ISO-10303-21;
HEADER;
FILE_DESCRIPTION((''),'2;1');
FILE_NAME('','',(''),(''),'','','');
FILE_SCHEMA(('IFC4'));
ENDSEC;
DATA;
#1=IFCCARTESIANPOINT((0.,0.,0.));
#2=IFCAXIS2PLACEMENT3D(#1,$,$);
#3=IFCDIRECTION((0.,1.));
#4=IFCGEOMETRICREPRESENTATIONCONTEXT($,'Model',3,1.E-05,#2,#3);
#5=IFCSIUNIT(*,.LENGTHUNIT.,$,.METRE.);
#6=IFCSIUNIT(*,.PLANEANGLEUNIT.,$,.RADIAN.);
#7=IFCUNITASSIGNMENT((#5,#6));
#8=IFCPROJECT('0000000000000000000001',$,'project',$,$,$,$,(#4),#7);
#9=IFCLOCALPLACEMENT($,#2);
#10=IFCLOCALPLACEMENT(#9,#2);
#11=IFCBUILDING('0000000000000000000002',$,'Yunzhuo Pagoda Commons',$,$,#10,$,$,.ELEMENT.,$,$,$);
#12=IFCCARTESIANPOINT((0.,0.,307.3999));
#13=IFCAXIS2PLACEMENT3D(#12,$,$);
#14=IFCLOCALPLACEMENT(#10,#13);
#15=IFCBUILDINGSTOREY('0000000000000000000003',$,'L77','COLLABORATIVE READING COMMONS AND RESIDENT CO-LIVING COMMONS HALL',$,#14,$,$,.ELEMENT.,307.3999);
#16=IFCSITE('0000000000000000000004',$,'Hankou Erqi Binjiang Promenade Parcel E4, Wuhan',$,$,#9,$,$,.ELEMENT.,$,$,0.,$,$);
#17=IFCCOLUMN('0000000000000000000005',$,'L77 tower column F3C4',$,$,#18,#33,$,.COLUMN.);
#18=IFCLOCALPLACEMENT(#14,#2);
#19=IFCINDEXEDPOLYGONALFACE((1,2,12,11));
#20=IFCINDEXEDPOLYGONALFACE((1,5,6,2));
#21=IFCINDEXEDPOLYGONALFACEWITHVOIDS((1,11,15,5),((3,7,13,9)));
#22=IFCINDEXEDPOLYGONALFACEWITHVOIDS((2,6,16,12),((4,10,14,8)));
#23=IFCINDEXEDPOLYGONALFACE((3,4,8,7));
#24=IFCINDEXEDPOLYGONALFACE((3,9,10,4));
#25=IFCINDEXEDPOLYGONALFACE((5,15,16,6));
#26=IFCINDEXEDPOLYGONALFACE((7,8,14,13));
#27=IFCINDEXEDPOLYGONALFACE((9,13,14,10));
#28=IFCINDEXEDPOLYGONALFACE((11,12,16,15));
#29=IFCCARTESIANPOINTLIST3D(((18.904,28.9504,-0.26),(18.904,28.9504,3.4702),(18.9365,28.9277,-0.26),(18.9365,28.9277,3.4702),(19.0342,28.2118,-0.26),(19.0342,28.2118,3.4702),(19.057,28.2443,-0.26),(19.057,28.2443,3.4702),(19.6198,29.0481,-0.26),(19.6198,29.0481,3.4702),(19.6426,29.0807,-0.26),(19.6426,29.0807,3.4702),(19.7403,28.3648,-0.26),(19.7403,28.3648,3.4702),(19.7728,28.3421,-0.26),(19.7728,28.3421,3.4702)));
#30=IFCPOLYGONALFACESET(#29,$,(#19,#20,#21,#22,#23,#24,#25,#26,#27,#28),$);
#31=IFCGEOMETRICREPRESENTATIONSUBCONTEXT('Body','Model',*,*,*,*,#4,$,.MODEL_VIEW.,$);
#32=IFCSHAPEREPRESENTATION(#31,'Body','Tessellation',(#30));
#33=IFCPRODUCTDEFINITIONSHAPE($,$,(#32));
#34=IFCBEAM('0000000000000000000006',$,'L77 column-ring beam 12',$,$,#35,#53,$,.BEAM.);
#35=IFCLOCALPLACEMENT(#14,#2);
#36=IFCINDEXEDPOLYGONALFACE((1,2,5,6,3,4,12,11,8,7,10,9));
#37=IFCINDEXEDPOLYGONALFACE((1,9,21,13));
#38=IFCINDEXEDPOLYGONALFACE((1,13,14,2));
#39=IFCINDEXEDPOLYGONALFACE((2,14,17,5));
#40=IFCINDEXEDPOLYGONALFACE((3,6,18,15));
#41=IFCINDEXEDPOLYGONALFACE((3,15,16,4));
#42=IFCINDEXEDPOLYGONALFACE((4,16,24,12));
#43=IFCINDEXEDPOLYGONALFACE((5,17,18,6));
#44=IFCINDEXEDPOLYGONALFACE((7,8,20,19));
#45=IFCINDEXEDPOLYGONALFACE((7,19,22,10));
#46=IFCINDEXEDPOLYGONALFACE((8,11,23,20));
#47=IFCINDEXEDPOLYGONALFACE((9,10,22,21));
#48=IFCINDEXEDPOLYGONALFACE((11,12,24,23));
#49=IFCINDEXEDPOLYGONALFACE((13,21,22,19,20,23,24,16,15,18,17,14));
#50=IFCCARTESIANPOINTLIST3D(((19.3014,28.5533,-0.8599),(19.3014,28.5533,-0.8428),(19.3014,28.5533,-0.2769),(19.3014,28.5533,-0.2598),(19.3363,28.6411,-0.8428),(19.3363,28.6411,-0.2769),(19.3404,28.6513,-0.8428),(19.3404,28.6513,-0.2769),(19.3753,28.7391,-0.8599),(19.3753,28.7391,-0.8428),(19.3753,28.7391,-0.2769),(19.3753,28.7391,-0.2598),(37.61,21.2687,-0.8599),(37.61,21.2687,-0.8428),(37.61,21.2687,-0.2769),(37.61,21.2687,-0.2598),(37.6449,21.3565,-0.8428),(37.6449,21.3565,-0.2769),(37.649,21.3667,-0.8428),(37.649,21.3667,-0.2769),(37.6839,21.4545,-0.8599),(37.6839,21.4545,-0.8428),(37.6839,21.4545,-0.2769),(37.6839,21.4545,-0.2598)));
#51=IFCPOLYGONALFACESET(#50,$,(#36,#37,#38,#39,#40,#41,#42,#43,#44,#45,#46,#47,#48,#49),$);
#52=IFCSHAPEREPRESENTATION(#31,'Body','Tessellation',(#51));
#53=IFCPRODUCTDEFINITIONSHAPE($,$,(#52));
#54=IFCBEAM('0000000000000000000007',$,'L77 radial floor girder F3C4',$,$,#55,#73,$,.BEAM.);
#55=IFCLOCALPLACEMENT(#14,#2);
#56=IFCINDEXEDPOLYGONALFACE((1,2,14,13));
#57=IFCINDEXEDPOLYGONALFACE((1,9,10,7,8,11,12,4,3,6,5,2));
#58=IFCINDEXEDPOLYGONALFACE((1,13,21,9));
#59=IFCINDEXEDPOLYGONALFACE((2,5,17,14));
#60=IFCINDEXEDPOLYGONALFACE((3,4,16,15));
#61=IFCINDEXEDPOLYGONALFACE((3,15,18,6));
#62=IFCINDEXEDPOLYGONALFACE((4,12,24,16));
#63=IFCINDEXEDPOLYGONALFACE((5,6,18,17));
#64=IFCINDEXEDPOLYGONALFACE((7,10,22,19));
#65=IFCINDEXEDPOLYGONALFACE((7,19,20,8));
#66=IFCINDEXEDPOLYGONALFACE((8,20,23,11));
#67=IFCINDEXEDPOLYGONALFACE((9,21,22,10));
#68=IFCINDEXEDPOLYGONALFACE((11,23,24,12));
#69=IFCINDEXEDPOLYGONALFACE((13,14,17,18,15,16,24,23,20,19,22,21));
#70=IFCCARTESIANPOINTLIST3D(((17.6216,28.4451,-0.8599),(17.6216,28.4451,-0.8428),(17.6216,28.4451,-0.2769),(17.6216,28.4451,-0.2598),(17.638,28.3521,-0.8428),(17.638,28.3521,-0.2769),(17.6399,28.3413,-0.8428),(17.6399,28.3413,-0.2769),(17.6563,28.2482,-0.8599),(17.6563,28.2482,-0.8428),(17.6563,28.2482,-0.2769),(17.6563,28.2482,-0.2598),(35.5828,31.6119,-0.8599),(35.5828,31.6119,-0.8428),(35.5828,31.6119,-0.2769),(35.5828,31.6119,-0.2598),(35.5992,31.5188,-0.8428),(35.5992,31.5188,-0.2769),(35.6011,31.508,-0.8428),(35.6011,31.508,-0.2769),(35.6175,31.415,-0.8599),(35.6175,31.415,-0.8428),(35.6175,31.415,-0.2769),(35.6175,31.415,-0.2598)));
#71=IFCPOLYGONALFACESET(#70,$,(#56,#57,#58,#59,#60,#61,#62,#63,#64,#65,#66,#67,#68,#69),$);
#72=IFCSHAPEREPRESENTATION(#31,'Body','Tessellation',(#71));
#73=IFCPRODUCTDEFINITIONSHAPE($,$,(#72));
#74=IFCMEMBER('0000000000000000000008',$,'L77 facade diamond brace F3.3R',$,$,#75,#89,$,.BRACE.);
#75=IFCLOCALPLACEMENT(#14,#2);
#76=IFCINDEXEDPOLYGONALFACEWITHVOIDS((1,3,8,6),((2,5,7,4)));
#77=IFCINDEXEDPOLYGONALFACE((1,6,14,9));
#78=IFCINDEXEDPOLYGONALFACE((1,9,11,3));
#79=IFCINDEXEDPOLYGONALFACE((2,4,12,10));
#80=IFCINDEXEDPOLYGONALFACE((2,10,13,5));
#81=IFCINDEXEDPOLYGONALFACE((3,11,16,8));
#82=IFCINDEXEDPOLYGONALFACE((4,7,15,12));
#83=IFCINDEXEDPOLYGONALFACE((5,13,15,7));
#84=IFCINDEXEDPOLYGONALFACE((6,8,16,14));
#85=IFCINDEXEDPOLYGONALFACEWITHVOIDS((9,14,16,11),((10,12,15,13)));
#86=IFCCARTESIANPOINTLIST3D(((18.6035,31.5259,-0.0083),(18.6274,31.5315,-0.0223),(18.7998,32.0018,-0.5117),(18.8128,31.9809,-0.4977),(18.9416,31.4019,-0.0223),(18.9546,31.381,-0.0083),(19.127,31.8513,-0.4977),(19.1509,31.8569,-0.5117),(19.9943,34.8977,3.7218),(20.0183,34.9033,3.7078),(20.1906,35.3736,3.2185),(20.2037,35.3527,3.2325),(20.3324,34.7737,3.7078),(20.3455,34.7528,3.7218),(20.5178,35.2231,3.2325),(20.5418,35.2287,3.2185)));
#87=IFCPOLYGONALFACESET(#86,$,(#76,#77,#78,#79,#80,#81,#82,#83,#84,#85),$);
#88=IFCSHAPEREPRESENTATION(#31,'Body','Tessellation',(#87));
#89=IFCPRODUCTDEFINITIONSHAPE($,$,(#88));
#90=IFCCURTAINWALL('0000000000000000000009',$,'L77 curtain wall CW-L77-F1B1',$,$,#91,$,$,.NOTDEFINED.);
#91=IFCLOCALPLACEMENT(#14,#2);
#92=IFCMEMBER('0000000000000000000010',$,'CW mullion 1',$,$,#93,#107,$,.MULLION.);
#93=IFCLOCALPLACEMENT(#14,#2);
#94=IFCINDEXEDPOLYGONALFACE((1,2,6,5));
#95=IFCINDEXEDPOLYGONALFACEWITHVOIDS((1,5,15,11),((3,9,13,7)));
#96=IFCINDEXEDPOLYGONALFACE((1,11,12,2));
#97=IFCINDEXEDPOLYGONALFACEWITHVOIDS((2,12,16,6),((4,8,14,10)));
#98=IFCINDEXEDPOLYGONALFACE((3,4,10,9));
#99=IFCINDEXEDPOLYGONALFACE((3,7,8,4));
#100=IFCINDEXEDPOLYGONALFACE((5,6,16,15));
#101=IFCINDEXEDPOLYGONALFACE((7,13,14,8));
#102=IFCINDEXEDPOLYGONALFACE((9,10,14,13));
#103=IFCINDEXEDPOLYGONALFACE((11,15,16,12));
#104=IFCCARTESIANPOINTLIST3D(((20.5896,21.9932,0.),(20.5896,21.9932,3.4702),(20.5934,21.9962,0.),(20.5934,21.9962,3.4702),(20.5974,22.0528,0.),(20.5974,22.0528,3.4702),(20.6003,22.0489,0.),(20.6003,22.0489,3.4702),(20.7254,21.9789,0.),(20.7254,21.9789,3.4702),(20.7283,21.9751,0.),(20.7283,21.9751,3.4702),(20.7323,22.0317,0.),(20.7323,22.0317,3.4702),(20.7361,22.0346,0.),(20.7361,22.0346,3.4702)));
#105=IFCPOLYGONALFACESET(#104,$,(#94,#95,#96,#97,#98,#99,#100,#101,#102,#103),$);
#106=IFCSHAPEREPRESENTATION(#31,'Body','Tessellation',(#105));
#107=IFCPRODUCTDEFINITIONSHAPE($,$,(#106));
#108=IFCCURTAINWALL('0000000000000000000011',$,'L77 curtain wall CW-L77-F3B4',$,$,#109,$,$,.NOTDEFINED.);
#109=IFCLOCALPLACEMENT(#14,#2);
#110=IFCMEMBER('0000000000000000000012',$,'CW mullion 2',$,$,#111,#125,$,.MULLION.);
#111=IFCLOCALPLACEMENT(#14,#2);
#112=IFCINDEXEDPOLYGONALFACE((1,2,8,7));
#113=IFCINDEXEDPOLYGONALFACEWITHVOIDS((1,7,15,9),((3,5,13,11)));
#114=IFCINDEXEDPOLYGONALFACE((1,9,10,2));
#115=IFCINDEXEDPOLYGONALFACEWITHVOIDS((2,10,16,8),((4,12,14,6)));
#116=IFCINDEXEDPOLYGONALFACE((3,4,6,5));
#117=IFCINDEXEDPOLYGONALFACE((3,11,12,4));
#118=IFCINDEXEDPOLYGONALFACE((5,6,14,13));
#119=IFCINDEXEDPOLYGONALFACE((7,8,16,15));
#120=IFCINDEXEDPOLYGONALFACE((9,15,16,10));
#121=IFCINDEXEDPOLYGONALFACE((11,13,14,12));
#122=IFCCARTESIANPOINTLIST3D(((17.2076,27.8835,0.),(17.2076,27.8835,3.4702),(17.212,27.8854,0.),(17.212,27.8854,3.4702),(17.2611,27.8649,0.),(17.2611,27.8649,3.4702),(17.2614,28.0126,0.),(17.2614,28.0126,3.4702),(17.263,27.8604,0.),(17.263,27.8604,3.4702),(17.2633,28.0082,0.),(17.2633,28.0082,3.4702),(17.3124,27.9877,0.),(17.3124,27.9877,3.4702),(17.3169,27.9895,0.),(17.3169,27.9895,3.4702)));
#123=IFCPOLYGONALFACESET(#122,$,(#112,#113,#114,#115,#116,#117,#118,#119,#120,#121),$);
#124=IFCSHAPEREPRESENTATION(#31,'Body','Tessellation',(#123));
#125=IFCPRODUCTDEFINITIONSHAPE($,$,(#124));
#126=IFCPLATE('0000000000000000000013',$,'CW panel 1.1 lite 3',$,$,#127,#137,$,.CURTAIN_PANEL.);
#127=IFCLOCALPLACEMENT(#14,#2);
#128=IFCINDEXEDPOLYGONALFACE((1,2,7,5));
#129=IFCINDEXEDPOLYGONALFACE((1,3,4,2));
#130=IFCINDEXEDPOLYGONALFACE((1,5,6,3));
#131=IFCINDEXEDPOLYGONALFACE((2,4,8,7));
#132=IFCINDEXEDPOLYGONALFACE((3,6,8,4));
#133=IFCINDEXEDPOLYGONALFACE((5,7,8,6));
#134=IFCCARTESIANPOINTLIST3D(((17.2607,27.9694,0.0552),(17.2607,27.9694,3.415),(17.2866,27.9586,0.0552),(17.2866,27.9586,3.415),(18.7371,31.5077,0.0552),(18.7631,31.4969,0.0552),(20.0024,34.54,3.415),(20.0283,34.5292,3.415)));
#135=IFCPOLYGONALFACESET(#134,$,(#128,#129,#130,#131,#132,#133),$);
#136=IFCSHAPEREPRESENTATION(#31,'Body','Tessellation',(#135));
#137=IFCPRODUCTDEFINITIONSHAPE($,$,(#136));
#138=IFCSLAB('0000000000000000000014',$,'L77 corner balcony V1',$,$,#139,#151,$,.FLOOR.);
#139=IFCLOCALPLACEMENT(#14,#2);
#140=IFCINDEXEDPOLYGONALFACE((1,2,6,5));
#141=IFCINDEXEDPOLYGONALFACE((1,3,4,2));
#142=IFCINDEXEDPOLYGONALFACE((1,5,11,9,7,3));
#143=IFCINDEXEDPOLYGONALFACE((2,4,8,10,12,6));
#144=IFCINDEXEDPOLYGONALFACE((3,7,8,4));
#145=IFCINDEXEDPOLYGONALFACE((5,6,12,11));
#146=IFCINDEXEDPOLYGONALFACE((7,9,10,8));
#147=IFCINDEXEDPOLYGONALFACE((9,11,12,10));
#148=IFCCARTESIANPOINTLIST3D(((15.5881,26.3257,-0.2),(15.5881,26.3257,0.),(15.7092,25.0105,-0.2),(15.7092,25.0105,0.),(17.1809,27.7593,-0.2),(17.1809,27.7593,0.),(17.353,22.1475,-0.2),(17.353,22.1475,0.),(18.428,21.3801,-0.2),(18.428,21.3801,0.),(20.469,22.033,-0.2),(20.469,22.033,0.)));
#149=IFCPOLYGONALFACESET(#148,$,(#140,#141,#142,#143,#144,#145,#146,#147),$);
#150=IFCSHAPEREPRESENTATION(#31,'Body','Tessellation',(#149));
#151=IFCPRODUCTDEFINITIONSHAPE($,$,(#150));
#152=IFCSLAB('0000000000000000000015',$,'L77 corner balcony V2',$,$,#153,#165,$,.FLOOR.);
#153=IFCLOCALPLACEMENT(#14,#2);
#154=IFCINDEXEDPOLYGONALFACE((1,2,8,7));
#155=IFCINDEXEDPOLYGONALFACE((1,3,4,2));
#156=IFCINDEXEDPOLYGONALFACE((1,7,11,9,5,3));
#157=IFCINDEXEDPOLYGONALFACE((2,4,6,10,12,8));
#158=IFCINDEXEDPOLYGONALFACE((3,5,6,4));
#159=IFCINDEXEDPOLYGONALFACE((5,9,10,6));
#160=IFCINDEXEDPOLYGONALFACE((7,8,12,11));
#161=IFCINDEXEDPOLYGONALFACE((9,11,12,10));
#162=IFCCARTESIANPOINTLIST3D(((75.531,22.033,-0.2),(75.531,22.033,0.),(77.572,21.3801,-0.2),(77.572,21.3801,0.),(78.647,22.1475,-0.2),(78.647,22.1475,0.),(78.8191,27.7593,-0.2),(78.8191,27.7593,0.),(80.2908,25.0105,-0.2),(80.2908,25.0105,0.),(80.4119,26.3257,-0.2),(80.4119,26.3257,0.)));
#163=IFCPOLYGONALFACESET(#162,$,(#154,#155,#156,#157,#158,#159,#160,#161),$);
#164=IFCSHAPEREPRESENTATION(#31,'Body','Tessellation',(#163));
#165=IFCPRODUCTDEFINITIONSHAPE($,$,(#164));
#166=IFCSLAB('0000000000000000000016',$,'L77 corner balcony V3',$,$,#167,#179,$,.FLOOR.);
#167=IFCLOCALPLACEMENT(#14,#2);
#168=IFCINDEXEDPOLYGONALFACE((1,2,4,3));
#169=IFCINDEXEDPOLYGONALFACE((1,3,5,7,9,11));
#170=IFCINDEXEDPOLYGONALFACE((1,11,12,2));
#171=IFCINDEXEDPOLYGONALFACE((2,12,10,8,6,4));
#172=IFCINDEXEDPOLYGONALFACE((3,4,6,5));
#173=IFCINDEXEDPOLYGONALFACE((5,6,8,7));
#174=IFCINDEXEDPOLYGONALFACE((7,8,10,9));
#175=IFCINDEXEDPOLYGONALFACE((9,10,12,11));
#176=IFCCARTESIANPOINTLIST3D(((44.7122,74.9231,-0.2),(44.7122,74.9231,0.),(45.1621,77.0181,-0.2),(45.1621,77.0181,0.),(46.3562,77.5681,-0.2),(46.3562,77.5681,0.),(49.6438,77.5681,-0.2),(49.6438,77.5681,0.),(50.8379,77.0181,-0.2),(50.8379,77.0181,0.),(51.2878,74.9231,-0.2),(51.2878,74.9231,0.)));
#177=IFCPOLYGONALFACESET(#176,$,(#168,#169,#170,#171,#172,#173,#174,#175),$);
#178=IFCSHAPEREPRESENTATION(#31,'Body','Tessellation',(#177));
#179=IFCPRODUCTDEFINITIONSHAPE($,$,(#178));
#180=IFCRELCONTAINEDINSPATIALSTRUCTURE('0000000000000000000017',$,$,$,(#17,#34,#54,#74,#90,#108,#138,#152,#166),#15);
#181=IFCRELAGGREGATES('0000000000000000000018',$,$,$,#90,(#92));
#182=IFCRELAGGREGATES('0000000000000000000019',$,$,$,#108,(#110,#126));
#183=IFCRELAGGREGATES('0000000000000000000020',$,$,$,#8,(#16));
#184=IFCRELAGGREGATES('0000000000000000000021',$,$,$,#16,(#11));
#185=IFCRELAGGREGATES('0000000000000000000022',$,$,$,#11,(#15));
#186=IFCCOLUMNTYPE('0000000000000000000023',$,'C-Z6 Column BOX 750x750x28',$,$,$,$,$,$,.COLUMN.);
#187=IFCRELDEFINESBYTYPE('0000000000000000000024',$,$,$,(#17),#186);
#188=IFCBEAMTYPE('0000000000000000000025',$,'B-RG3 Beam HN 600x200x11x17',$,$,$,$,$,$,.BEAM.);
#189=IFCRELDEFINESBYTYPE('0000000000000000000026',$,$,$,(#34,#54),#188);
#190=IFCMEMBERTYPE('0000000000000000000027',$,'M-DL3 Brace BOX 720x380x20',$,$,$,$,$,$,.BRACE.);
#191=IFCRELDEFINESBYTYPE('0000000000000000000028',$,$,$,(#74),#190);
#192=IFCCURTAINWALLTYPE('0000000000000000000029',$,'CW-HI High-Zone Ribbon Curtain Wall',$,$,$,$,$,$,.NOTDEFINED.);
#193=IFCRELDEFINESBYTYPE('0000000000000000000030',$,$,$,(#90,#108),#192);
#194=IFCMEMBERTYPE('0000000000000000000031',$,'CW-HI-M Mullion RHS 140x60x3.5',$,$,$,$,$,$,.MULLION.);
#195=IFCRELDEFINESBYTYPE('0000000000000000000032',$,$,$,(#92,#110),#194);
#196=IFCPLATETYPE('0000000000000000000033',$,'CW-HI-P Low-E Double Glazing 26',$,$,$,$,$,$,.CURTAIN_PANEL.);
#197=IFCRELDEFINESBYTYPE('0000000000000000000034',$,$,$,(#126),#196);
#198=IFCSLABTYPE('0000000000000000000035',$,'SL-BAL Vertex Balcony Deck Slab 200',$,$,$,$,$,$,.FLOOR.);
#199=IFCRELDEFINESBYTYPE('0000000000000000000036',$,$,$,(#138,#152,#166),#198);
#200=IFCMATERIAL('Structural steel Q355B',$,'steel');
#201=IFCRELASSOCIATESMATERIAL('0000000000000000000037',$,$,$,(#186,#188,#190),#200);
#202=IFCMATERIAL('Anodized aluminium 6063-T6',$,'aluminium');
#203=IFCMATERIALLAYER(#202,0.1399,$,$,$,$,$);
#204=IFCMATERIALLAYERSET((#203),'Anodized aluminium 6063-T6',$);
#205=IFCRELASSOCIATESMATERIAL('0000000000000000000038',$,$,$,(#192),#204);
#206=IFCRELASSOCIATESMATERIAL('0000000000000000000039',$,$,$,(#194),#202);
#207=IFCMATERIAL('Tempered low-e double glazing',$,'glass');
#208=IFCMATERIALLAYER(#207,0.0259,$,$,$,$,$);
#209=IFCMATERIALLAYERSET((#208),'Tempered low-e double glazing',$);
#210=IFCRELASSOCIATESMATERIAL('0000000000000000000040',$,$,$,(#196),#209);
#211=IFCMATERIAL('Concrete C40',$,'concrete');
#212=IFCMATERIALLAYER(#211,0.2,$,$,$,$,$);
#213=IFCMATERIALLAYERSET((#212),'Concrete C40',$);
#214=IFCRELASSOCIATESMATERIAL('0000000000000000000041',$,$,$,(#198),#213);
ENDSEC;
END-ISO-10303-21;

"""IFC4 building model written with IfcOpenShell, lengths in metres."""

from ifc_helpers import new_model, si_unit, direction, frame, origin, origin_2d, place, context, subcontext, project, spatial, polyline, hollow_rectangle, i_section, outline, extrude, source, transform, mapped, material, layer, layer_set, material_profile, profile_set, type_object, element, aggregate, save


model = new_model("IFC4")

# Units and contexts
model_context = context("Model", 3, precision=1e-05, world=origin(), true_north=direction((0.0, 1.0)))
body_context = subcontext(model_context, "Body", "Model", "MODEL_VIEW")
ifc_project = project(units=[si_unit("LENGTHUNIT", "METRE"), si_unit("PLANEANGLEUNIT", "RADIAN")], contexts=[model_context])

# Site, building, storey
site_placement = place(None, origin())
site = spatial("IfcSite", under=ifc_project, at=site_placement, Name="Hankou Erqi Binjiang Promenade Parcel E4, Wuhan", CompositionType="ELEMENT", RefElevation=0.0)
building_placement = place(site_placement, origin())
building = spatial("IfcBuilding", under=site, at=building_placement, Name="Yunzhuo Pagoda Commons", CompositionType="ELEMENT")
storey_placement = place(building_placement, frame((0.0, 0.0, 307.3999)))
storey = spatial("IfcBuildingStorey", under=building, at=storey_placement, Name="L77", Description="COLLABORATIVE READING COMMONS AND RESIDENT CO-LIVING COMMONS HALL", CompositionType="ELEMENT", Elevation=307.3999)

# Column
ifc_material_1 = material(Name="Structural steel Q355B", Category="steel")
ifc_material_profile_1 = material_profile(ifc_material_1, hollow_rectangle(XDim=0.75, YDim=0.75, WallThickness=0.0281, at=origin_2d()), Name="Structural steel Q355B")
ifc_profile_set_1 = profile_set([ifc_material_profile_1], Name="Structural steel Q355B")
column_type = type_object("IfcColumnType", Name="C-Z6 Column BOX 750x750x28", PredefinedType="COLUMN", material=ifc_profile_set_1)
shared_shape_1 = source(origin(), body_context, "Body", "SweptSolid", [
    extrude(hollow_rectangle(XDim=0.75, YDim=0.75, WallThickness=0.0281, at=origin_2d()), origin(), (0.0, 0.0, 1.0), 3.7302),
])
column_placement = place(storey_placement, frame((19.3384, 28.6462, -0.26), z_axis=(0.0, 0.0, 1.0), x_axis=(0.173648, -0.984808, 0.0)))
element("IfcColumn", 1, at=column_placement, inside=storey, type_object=column_type, Name="L77 tower column F3C4", PredefinedType="COLUMN", context=body_context, shape_type="MappedRepresentation", body=[
    mapped(shared_shape_1, transform((0.0, 0.0, 0.0), scale=1.0)),
])

# Beams
ifc_material_profile_2 = material_profile(ifc_material_1, i_section(OverallWidth=0.2, OverallDepth=0.6001, WebThickness=0.011, FlangeThickness=0.0171, at=origin_2d()), Name="Structural steel Q355B")
ifc_profile_set_2 = profile_set([ifc_material_profile_2], Name="Structural steel Q355B")
beam_type = type_object("IfcBeamType", Name="B-RG3 Beam HN 600x200x11x17", PredefinedType="BEAM", material=ifc_profile_set_2)
shared_shape_2 = source(origin(), body_context, "Body", "SweptSolid", [
    extrude(i_section(OverallWidth=0.2, OverallDepth=0.6001, WebThickness=0.011, FlangeThickness=0.0171, at=origin_2d()), origin(), (0.0, 0.0, 1.0), 19.7046),
])
beam_1_placement = place(storey_placement, frame((19.3384, 28.6462, -0.5598), z_axis=(0.929154, -0.369694, 0.0), x_axis=(0.369694, 0.929154, 0.0)))
element("IfcBeam", 2, at=beam_1_placement, inside=storey, type_object=beam_type, Name="L77 column-ring beam 12", PredefinedType="BEAM", context=body_context, shape_type="MappedRepresentation", body=[
    mapped(shared_shape_2, transform((0.0, 0.0, 0.0), scale=1.0)),
])
shared_shape_3 = source(origin(), body_context, "Body", "SweptSolid", [
    extrude(i_section(OverallWidth=0.2, OverallDepth=0.6001, WebThickness=0.011, FlangeThickness=0.0171, at=origin_2d()), origin(), (0.0, 0.0, 1.0), 18.2383),
])
beam_2_placement = place(storey_placement, frame((17.6389, 28.3467, -0.5598), z_axis=(0.98481, 0.173633, 0.0), x_axis=(-0.173633, 0.98481, 0.0)))
element("IfcBeam", 3, at=beam_2_placement, inside=storey, type_object=beam_type, Name="L77 radial floor girder F3C4", PredefinedType="BEAM", context=body_context, shape_type="MappedRepresentation", body=[
    mapped(shared_shape_3, transform((0.0, 0.0, 0.0), scale=1.0)),
])

# Member
ifc_material_profile_3 = material_profile(ifc_material_1, hollow_rectangle(XDim=0.3799, YDim=0.72, WallThickness=0.02, at=origin_2d()), Name="Structural steel Q355B")
ifc_profile_set_3 = profile_set([ifc_material_profile_3], Name="Structural steel Q355B")
member_type_1 = type_object("IfcMemberType", Name="M-DL3 Brace BOX 720x380x20", PredefinedType="BRACE", material=ifc_profile_set_3)
shared_shape_4 = source(origin(), body_context, "Body", "SweptSolid", [
    extrude(hollow_rectangle(XDim=0.3799, YDim=0.72, WallThickness=0.02, at=origin_2d()), origin(), (0.0, 0.0, 1.0), 5.217),
])
member_1_placement = place(storey_placement, frame((18.8772, 31.6914, -0.26), z_axis=(0.266597, 0.646301, 0.714997), x_axis=(-0.924439, 0.381329, 0.0)))
element("IfcMember", 4, at=member_1_placement, inside=storey, type_object=member_type_1, Name="L77 facade diamond brace F3.3R", PredefinedType="BRACE", context=body_context, shape_type="MappedRepresentation", body=[
    mapped(shared_shape_4, transform((0.0, 0.0, 0.0), scale=1.0)),
])

# Curtain wall, member
ifc_material_2 = material(Name="Anodized aluminium 6063-T6", Category="aluminium")
ifc_layer_1 = layer(ifc_material_2, 0.1399)
ifc_layer_set_1 = layer_set([ifc_layer_1], Name="Anodized aluminium 6063-T6")
curtain_wall_type = type_object("IfcCurtainWallType", Name="CW-HI High-Zone Ribbon Curtain Wall", PredefinedType="NOTDEFINED", material=ifc_layer_set_1)
curtain_wall_1_placement = place(storey_placement, origin())
curtain_wall_1 = element("IfcCurtainWall", 5, at=curtain_wall_1_placement, inside=storey, type_object=curtain_wall_type, Name="L77 curtain wall CW-L77-F1B1", PredefinedType="NOTDEFINED")
ifc_material_profile_4 = material_profile(ifc_material_2, hollow_rectangle(XDim=0.0601, YDim=0.1399, WallThickness=0.0034, at=origin_2d()), Name="Anodized aluminium 6063-T6")
ifc_profile_set_4 = profile_set([ifc_material_profile_4], Name="Anodized aluminium 6063-T6")
member_type_2 = type_object("IfcMemberType", Name="CW-HI-M Mullion RHS 140x60x3.5", PredefinedType="MULLION", material=ifc_profile_set_4)
shared_shape_5 = source(origin(), body_context, "Body", "SweptSolid", [
    extrude(hollow_rectangle(XDim=0.0601, YDim=0.1399, WallThickness=0.0034, at=origin_2d()), origin(), (0.0, 0.0, 1.0), 3.4702),
])
member_2_placement = place(storey_placement, frame((20.6628, 22.0139, 0.0), z_axis=(0.0, 0.0, 1.0), x_axis=(0.129855, 0.991533, 0.0)))
member_2 = element("IfcMember", 6, at=member_2_placement, type_object=member_type_2, Name="CW mullion 1", PredefinedType="MULLION", context=body_context, shape_type="MappedRepresentation", body=[
    mapped(shared_shape_5, transform((0.0, 0.0, 0.0), scale=1.0)),
])
aggregate(curtain_wall_1, [member_2])

# Curtain wall, member, plate
curtain_wall_2_placement = place(storey_placement, origin())
curtain_wall_2 = element("IfcCurtainWall", 7, at=curtain_wall_2_placement, inside=storey, type_object=curtain_wall_type, Name="L77 curtain wall CW-L77-F3B4", PredefinedType="NOTDEFINED")
member_3_placement = place(storey_placement, frame((17.2622, 27.9365, 0.0), z_axis=(0.0, 0.0, 1.0), x_axis=(0.922876, -0.385097, 0.0)))
member_3 = element("IfcMember", 8, at=member_3_placement, type_object=member_type_2, Name="CW mullion 2", PredefinedType="MULLION", context=body_context, shape_type="MappedRepresentation", body=[
    mapped(shared_shape_5, transform((0.0, 0.0, 0.0), scale=1.0)),
])
ifc_material_3 = material(Name="Tempered low-e double glazing", Category="glass")
ifc_layer_2 = layer(ifc_material_3, 0.0259)
ifc_layer_set_2 = layer_set([ifc_layer_2], Name="Tempered low-e double glazing")
plate_type = type_object("IfcPlateType", Name="CW-HI-P Low-E Double Glazing 26", PredefinedType="CURTAIN_PANEL", material=ifc_layer_set_2)
plate_placement = place(storey_placement, frame((18.6575, 31.2439, 1.7351), z_axis=(-0.922876, 0.385097, 0.0), x_axis=(-0.385097, -0.922876, 0.0)))
plate = element("IfcPlate", 9, at=plate_placement, type_object=plate_type, Name="CW panel 1.1 lite 3", PredefinedType="CURTAIN_PANEL", context=body_context, shape_type="SweptSolid", body=[
    extrude(outline(polyline([(-3.5598, 1.6799), (-0.2742, -1.6799), (3.5598, -1.6799), (3.5598, 1.6799), (-3.5598, 1.6799)])), origin(), (0.0, 0.0, 1.0), 0.0281),
])
aggregate(curtain_wall_2, [member_3, plate])

# Slabs
ifc_material_4 = material(Name="Concrete C40", Category="concrete")
ifc_layer_3 = layer(ifc_material_4, 0.2)
ifc_layer_set_3 = layer_set([ifc_layer_3], Name="Concrete C40")
slab_type_1 = type_object("IfcSlabType", Name="SL-BAL Vertex Balcony Deck Slab 200", PredefinedType="FLOOR", material=ifc_layer_set_3)
slab_1_placement = place(storey_placement, frame((0.0, 0.0, -0.2)))
element("IfcSlab", 10, at=slab_1_placement, inside=storey, type_object=slab_type_1, Name="L77 corner balcony V1", PredefinedType="FLOOR", context=body_context, shape_type="SweptSolid", body=[
    extrude(outline(polyline([(17.1809, 27.7593), (20.469, 22.033), (18.428, 21.3801), (17.353, 22.1475), (15.7092, 25.0105), (15.5881, 26.3257), (17.1809, 27.7593)])), origin(), (0.0, 0.0, 1.0), 0.2),
])
slab_2_placement = place(storey_placement, frame((0.0, 0.0, -0.2)))
element("IfcSlab", 11, at=slab_2_placement, inside=storey, type_object=slab_type_1, Name="L77 corner balcony V2", PredefinedType="FLOOR", context=body_context, shape_type="SweptSolid", body=[
    extrude(outline(polyline([(75.531, 22.033), (78.8191, 27.7593), (80.4119, 26.3257), (80.2908, 25.0105), (78.647, 22.1475), (77.572, 21.3801), (75.531, 22.033)])), origin(), (0.0, 0.0, 1.0), 0.2),
])
slab_3_placement = place(storey_placement, frame((0.0, 0.0, -0.2)))
element("IfcSlab", 12, at=slab_3_placement, inside=storey, type_object=slab_type_1, Name="L77 corner balcony V3", PredefinedType="FLOOR", context=body_context, shape_type="SweptSolid", body=[
    extrude(outline(polyline([(51.2878, 74.9231), (44.7122, 74.9231), (45.1621, 77.0181), (46.3562, 77.5681), (49.6438, 77.5681), (50.8379, 77.0181), (51.2878, 74.9231)])), origin(), (0.0, 0.0, 1.0), 0.2),
])

save(model, "model.ifc")
